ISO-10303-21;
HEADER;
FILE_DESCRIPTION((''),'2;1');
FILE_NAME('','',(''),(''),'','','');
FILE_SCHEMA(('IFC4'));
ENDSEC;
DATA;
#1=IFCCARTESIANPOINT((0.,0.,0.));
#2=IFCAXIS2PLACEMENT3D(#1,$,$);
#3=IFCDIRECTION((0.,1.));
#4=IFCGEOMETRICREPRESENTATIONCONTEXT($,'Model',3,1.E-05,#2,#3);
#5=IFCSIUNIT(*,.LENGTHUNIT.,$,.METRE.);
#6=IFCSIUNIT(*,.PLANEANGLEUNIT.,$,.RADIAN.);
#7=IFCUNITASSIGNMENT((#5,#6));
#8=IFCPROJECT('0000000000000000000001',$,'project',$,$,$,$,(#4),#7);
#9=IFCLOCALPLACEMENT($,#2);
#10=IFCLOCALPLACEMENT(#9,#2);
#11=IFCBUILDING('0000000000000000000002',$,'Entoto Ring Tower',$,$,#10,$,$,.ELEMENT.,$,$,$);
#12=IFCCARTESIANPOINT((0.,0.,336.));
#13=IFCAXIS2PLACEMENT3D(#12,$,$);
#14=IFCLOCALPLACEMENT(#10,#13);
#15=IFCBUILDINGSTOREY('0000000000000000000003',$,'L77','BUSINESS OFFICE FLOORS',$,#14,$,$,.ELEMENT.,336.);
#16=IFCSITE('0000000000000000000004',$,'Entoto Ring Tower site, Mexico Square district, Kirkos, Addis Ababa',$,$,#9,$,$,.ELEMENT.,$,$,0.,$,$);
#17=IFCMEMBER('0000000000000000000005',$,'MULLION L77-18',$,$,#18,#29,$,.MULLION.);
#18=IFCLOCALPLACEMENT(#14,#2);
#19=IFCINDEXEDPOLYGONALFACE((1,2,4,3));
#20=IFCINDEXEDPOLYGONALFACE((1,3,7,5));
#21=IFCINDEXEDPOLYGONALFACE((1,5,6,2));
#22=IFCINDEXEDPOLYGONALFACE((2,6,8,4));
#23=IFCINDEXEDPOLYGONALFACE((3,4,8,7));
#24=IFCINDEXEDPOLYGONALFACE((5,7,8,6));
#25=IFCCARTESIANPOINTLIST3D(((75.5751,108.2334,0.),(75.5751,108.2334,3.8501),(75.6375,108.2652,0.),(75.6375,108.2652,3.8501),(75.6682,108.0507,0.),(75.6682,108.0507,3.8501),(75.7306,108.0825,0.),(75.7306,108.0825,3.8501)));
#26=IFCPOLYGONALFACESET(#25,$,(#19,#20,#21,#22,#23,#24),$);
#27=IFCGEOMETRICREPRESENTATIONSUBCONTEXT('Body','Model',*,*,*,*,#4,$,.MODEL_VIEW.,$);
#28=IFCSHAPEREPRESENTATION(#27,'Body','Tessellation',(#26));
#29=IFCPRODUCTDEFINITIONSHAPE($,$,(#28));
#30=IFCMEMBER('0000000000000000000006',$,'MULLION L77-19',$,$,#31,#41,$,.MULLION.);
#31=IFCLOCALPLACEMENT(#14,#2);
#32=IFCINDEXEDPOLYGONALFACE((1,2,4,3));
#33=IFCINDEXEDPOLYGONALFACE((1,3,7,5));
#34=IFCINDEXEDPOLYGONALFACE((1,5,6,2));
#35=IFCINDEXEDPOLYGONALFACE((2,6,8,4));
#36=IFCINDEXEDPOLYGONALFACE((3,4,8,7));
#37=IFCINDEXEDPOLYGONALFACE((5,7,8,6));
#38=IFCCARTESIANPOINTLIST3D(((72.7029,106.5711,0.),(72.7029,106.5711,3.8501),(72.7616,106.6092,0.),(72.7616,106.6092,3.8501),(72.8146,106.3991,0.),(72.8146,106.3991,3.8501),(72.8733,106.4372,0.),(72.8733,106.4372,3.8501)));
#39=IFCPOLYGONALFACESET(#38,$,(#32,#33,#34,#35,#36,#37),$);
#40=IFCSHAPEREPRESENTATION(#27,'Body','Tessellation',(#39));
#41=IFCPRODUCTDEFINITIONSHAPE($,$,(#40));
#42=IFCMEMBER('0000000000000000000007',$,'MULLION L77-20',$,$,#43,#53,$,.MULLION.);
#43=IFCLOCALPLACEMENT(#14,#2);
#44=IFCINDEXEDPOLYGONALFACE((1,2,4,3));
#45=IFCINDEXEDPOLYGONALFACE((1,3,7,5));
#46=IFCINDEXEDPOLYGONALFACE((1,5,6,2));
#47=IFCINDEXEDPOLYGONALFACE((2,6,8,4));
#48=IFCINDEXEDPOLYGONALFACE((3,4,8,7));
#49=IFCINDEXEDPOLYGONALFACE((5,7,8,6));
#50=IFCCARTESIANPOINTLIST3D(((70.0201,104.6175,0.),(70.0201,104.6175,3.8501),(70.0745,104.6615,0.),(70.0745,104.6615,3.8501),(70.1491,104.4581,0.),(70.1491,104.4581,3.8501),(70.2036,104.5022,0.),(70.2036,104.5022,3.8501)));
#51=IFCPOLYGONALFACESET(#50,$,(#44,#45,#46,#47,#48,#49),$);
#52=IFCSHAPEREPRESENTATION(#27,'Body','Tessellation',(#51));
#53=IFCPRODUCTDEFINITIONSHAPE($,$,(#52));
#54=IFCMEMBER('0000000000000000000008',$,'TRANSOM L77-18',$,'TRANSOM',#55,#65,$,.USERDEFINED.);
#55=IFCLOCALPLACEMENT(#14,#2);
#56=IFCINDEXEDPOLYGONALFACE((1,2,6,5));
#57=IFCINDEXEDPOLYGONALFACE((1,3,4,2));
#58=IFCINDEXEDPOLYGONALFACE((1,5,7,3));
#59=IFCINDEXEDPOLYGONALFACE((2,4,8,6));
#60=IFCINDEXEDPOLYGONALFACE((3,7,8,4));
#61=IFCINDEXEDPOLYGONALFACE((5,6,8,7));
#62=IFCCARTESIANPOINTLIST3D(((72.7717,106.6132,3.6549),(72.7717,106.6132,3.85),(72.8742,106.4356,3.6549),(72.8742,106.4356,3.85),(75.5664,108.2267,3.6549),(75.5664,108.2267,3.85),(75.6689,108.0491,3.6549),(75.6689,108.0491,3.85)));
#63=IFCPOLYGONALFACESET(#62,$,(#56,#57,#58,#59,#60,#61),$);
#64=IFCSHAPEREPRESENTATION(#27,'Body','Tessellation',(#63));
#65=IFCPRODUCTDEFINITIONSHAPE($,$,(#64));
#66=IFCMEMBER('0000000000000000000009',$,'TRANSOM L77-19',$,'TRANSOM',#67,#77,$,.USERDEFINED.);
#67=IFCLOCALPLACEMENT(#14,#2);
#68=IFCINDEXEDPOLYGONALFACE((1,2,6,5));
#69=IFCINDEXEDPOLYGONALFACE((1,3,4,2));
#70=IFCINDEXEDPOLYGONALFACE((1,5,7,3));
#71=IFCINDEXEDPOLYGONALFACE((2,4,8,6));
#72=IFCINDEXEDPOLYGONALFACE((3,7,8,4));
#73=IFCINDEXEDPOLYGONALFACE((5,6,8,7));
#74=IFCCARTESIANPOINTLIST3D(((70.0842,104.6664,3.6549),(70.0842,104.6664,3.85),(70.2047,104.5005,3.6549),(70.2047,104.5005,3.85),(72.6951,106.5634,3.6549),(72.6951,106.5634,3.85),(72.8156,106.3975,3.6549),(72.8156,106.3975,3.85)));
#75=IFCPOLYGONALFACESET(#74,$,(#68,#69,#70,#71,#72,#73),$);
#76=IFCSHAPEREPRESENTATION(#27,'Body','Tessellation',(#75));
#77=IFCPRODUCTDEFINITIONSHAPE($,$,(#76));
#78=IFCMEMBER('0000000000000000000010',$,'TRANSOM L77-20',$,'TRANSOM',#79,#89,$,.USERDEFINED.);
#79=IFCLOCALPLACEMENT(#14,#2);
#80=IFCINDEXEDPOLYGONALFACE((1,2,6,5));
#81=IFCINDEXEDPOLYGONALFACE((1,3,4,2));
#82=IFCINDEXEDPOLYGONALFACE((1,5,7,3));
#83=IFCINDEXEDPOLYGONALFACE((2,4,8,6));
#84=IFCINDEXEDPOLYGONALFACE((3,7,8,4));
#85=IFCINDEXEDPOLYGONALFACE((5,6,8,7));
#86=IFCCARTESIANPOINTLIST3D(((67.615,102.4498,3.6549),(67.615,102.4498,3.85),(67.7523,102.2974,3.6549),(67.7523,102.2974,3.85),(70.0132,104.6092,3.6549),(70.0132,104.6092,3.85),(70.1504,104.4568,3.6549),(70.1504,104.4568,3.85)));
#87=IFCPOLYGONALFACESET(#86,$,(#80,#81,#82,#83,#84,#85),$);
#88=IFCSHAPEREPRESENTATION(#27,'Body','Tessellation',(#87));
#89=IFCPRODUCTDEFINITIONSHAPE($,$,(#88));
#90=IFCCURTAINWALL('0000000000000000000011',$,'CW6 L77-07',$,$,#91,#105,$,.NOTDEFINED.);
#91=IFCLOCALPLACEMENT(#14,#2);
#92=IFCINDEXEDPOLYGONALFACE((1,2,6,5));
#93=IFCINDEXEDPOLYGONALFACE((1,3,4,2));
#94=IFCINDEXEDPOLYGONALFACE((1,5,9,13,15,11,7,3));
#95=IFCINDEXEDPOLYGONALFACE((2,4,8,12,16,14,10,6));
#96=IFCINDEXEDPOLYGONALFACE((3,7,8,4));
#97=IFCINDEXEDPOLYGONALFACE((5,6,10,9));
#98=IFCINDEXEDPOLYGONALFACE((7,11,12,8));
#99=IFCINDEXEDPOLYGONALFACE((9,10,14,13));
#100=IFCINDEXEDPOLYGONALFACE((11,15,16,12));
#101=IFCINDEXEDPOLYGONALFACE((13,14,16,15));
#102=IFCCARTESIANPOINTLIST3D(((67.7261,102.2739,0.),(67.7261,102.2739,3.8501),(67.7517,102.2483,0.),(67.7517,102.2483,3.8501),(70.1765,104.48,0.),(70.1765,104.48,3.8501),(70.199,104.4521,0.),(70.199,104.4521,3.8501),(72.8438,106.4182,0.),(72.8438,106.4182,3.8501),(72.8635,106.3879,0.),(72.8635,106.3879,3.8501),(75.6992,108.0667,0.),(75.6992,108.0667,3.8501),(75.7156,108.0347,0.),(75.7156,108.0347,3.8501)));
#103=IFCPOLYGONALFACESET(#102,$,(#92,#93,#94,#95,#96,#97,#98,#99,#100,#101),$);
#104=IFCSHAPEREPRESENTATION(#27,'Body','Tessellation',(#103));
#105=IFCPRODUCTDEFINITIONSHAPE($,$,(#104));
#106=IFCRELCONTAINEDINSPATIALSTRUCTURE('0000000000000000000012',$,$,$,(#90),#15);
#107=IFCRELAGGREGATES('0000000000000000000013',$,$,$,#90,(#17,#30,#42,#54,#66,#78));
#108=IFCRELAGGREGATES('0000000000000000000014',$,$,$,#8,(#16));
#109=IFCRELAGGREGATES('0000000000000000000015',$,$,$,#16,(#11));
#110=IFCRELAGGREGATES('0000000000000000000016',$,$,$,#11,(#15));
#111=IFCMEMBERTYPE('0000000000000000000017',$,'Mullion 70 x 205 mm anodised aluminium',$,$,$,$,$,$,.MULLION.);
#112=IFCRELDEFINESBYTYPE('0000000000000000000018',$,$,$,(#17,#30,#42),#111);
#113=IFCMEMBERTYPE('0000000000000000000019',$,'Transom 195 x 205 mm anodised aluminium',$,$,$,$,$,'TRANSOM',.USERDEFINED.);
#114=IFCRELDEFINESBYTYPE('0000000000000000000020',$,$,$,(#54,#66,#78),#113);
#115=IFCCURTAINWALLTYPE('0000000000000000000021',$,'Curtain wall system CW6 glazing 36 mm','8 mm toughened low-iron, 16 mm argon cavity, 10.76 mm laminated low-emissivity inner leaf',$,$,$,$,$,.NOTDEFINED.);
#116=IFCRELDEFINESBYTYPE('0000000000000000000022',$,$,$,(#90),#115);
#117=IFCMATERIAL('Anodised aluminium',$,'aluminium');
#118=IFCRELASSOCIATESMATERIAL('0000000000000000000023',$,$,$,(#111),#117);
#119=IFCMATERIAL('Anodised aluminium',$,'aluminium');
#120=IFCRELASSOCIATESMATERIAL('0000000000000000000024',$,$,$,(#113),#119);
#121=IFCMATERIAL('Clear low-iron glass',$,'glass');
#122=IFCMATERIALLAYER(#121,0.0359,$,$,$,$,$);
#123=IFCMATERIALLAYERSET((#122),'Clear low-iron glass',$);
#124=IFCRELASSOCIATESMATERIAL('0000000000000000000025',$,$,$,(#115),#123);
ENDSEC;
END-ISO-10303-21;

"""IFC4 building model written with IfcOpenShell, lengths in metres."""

from ifc_helpers import new_model, si_unit, direction, frame, origin, origin_2d, place, context, subcontext, project, spatial, polyline, rectangle, outline, extrude, material, layer, layer_set, material_profile, profile_set, type_object, element, aggregate, save


model = new_model("IFC4")

# Units and contexts
model_context = context("Model", 3, precision=1e-05, world=origin(), true_north=direction((0.0, 1.0)))
body_context = subcontext(model_context, "Body", "Model", "MODEL_VIEW")
ifc_project = project(units=[si_unit("LENGTHUNIT", "METRE"), si_unit("PLANEANGLEUNIT", "RADIAN")], contexts=[model_context])

# Members
ifc_material_1 = material(Name="Anodised aluminium", Category="aluminium")
ifc_material_profile_1 = material_profile(ifc_material_1, rectangle(XDim=0.0701, YDim=0.2051, at=origin_2d()), Name="Mullion 70 x 205 mm anodised aluminium")
ifc_profile_set_1 = profile_set([ifc_material_profile_1], Name="Anodised aluminium")
member_type_1 = type_object("IfcMemberType", Name="Mullion 70 x 205 mm anodised aluminium", PredefinedType="MULLION", material=ifc_profile_set_1)
site_placement = place(None, origin())
building_placement = place(site_placement, origin())
storey_placement = place(building_placement, frame((0.0, 0.0, 336.0)))
member_1_placement = place(storey_placement, frame((75.6528, 108.158, 0.0), z_axis=(0.0, 0.0, 1.0), x_axis=(-0.891007, -0.45399, 0.0)))
member_1 = element("IfcMember", 1, at=member_1_placement, type_object=member_type_1, Name="MULLION L77-18", PredefinedType="MULLION", context=body_context, shape_type="SweptSolid", body=[
    extrude(rectangle(XDim=0.0701, YDim=0.2051, at=origin_2d()), origin(), (0.0, 0.0, 1.0), 3.8501),
])
member_2_placement = place(storey_placement, frame((72.7881, 106.5042, 0.0), z_axis=(0.0, 0.0, 1.0), x_axis=(-0.838671, -0.544639, 0.0)))
member_2 = element("IfcMember", 2, at=member_2_placement, type_object=member_type_1, Name="MULLION L77-19", PredefinedType="MULLION", context=body_context, shape_type="SweptSolid", body=[
    extrude(rectangle(XDim=0.0701, YDim=0.2051, at=origin_2d()), origin(), (0.0, 0.0, 1.0), 3.8501),
])
member_3_placement = place(storey_placement, frame((70.1118, 104.5598, 0.0), z_axis=(0.0, 0.0, 1.0), x_axis=(-0.777146, -0.62932, 0.0)))
member_3 = element("IfcMember", 3, at=member_3_placement, type_object=member_type_1, Name="MULLION L77-20", PredefinedType="MULLION", context=body_context, shape_type="SweptSolid", body=[
    extrude(rectangle(XDim=0.0701, YDim=0.2051, at=origin_2d()), origin(), (0.0, 0.0, 1.0), 3.8501),
])
ifc_material_2 = material(Name="Anodised aluminium", Category="aluminium")
ifc_material_profile_2 = material_profile(ifc_material_2, rectangle(XDim=0.2051, YDim=0.1951, at=origin_2d()), Name="Transom 195 x 205 mm anodised aluminium")
ifc_profile_set_2 = profile_set([ifc_material_profile_2], Name="Anodised aluminium")
member_type_2 = type_object("IfcMemberType", Name="Transom 195 x 205 mm anodised aluminium", ElementType="TRANSOM", PredefinedType="USERDEFINED", material=ifc_profile_set_2)
member_4_placement = place(storey_placement, frame((75.6177, 108.1379, 3.7524), z_axis=(-0.866023, -0.500004, 0.0), x_axis=(0.500004, -0.866023, 0.0)))
member_4 = element("IfcMember", 4, at=member_4_placement, type_object=member_type_2, Name="TRANSOM L77-18", ObjectType="TRANSOM", PredefinedType="USERDEFINED", context=body_context, shape_type="SweptSolid", body=[
    extrude(rectangle(XDim=0.2051, YDim=0.1951, at=origin_2d()), origin(), (0.0, 0.0, 1.0), 3.2271),
])
member_5_placement = place(storey_placement, frame((72.7554, 106.4805, 3.7524), z_axis=(-0.809004, -0.587803, 0.0), x_axis=(0.587803, -0.809004, 0.0)))
member_5 = element("IfcMember", 5, at=member_5_placement, type_object=member_type_2, Name="TRANSOM L77-19", ObjectType="TRANSOM", PredefinedType="USERDEFINED", context=body_context, shape_type="SweptSolid", body=[
    extrude(rectangle(XDim=0.2051, YDim=0.1951, at=origin_2d()), origin(), (0.0, 0.0, 1.0), 3.2273),
])
member_6_placement = place(storey_placement, frame((70.0818, 104.533, 3.7524), z_axis=(-0.743132, -0.669144, 0.0), x_axis=(0.669144, -0.743132, 0.0)))
member_6 = element("IfcMember", 6, at=member_6_placement, type_object=member_type_2, Name="TRANSOM L77-20", ObjectType="TRANSOM", PredefinedType="USERDEFINED", context=body_context, shape_type="SweptSolid", body=[
    extrude(rectangle(XDim=0.2051, YDim=0.1951, at=origin_2d()), origin(), (0.0, 0.0, 1.0), 3.2271),
])

# Site, building, storey
site = spatial("IfcSite", under=ifc_project, at=site_placement, Name="Entoto Ring Tower site, Mexico Square district, Kirkos, Addis Ababa", CompositionType="ELEMENT", RefElevation=0.0)
building = spatial("IfcBuilding", under=site, at=building_placement, Name="Entoto Ring Tower", CompositionType="ELEMENT")
storey = spatial("IfcBuildingStorey", under=building, at=storey_placement, Name="L77", Description="BUSINESS OFFICE FLOORS", CompositionType="ELEMENT", Elevation=336.0)

# Curtain wall
ifc_material_3 = material(Name="Clear low-iron glass", Category="glass")
ifc_layer = layer(ifc_material_3, 0.0359)
ifc_layer_set = layer_set([ifc_layer], Name="Clear low-iron glass")
curtain_wall_type = type_object("IfcCurtainWallType", Name="Curtain wall system CW6 glazing 36 mm", Description="8 mm toughened low-iron, 16 mm argon cavity, 10.76 mm laminated low-emissivity inner leaf", PredefinedType="NOTDEFINED", material=ifc_layer_set)
curtain_wall_1_placement = place(storey_placement, origin())
curtain_wall_1 = element("IfcCurtainWall", 7, at=curtain_wall_1_placement, inside=storey, type_object=curtain_wall_type, Name="CW6 L77-07", PredefinedType="NOTDEFINED", context=body_context, shape_type="SweptSolid", body=[
    extrude(outline(polyline([(75.6992, 108.0667), (72.8438, 106.4182), (70.1765, 104.48), (67.7261, 102.2739), (67.7517, 102.2483), (70.199, 104.4521), (72.8635, 106.3879), (75.7156, 108.0347), (75.6992, 108.0667)])), origin(), (0.0, 0.0, 1.0), 3.8501),
])
aggregate(curtain_wall_1, [member_1, member_2, member_3, member_4, member_5, member_6])

save(model, "model.ifc")
